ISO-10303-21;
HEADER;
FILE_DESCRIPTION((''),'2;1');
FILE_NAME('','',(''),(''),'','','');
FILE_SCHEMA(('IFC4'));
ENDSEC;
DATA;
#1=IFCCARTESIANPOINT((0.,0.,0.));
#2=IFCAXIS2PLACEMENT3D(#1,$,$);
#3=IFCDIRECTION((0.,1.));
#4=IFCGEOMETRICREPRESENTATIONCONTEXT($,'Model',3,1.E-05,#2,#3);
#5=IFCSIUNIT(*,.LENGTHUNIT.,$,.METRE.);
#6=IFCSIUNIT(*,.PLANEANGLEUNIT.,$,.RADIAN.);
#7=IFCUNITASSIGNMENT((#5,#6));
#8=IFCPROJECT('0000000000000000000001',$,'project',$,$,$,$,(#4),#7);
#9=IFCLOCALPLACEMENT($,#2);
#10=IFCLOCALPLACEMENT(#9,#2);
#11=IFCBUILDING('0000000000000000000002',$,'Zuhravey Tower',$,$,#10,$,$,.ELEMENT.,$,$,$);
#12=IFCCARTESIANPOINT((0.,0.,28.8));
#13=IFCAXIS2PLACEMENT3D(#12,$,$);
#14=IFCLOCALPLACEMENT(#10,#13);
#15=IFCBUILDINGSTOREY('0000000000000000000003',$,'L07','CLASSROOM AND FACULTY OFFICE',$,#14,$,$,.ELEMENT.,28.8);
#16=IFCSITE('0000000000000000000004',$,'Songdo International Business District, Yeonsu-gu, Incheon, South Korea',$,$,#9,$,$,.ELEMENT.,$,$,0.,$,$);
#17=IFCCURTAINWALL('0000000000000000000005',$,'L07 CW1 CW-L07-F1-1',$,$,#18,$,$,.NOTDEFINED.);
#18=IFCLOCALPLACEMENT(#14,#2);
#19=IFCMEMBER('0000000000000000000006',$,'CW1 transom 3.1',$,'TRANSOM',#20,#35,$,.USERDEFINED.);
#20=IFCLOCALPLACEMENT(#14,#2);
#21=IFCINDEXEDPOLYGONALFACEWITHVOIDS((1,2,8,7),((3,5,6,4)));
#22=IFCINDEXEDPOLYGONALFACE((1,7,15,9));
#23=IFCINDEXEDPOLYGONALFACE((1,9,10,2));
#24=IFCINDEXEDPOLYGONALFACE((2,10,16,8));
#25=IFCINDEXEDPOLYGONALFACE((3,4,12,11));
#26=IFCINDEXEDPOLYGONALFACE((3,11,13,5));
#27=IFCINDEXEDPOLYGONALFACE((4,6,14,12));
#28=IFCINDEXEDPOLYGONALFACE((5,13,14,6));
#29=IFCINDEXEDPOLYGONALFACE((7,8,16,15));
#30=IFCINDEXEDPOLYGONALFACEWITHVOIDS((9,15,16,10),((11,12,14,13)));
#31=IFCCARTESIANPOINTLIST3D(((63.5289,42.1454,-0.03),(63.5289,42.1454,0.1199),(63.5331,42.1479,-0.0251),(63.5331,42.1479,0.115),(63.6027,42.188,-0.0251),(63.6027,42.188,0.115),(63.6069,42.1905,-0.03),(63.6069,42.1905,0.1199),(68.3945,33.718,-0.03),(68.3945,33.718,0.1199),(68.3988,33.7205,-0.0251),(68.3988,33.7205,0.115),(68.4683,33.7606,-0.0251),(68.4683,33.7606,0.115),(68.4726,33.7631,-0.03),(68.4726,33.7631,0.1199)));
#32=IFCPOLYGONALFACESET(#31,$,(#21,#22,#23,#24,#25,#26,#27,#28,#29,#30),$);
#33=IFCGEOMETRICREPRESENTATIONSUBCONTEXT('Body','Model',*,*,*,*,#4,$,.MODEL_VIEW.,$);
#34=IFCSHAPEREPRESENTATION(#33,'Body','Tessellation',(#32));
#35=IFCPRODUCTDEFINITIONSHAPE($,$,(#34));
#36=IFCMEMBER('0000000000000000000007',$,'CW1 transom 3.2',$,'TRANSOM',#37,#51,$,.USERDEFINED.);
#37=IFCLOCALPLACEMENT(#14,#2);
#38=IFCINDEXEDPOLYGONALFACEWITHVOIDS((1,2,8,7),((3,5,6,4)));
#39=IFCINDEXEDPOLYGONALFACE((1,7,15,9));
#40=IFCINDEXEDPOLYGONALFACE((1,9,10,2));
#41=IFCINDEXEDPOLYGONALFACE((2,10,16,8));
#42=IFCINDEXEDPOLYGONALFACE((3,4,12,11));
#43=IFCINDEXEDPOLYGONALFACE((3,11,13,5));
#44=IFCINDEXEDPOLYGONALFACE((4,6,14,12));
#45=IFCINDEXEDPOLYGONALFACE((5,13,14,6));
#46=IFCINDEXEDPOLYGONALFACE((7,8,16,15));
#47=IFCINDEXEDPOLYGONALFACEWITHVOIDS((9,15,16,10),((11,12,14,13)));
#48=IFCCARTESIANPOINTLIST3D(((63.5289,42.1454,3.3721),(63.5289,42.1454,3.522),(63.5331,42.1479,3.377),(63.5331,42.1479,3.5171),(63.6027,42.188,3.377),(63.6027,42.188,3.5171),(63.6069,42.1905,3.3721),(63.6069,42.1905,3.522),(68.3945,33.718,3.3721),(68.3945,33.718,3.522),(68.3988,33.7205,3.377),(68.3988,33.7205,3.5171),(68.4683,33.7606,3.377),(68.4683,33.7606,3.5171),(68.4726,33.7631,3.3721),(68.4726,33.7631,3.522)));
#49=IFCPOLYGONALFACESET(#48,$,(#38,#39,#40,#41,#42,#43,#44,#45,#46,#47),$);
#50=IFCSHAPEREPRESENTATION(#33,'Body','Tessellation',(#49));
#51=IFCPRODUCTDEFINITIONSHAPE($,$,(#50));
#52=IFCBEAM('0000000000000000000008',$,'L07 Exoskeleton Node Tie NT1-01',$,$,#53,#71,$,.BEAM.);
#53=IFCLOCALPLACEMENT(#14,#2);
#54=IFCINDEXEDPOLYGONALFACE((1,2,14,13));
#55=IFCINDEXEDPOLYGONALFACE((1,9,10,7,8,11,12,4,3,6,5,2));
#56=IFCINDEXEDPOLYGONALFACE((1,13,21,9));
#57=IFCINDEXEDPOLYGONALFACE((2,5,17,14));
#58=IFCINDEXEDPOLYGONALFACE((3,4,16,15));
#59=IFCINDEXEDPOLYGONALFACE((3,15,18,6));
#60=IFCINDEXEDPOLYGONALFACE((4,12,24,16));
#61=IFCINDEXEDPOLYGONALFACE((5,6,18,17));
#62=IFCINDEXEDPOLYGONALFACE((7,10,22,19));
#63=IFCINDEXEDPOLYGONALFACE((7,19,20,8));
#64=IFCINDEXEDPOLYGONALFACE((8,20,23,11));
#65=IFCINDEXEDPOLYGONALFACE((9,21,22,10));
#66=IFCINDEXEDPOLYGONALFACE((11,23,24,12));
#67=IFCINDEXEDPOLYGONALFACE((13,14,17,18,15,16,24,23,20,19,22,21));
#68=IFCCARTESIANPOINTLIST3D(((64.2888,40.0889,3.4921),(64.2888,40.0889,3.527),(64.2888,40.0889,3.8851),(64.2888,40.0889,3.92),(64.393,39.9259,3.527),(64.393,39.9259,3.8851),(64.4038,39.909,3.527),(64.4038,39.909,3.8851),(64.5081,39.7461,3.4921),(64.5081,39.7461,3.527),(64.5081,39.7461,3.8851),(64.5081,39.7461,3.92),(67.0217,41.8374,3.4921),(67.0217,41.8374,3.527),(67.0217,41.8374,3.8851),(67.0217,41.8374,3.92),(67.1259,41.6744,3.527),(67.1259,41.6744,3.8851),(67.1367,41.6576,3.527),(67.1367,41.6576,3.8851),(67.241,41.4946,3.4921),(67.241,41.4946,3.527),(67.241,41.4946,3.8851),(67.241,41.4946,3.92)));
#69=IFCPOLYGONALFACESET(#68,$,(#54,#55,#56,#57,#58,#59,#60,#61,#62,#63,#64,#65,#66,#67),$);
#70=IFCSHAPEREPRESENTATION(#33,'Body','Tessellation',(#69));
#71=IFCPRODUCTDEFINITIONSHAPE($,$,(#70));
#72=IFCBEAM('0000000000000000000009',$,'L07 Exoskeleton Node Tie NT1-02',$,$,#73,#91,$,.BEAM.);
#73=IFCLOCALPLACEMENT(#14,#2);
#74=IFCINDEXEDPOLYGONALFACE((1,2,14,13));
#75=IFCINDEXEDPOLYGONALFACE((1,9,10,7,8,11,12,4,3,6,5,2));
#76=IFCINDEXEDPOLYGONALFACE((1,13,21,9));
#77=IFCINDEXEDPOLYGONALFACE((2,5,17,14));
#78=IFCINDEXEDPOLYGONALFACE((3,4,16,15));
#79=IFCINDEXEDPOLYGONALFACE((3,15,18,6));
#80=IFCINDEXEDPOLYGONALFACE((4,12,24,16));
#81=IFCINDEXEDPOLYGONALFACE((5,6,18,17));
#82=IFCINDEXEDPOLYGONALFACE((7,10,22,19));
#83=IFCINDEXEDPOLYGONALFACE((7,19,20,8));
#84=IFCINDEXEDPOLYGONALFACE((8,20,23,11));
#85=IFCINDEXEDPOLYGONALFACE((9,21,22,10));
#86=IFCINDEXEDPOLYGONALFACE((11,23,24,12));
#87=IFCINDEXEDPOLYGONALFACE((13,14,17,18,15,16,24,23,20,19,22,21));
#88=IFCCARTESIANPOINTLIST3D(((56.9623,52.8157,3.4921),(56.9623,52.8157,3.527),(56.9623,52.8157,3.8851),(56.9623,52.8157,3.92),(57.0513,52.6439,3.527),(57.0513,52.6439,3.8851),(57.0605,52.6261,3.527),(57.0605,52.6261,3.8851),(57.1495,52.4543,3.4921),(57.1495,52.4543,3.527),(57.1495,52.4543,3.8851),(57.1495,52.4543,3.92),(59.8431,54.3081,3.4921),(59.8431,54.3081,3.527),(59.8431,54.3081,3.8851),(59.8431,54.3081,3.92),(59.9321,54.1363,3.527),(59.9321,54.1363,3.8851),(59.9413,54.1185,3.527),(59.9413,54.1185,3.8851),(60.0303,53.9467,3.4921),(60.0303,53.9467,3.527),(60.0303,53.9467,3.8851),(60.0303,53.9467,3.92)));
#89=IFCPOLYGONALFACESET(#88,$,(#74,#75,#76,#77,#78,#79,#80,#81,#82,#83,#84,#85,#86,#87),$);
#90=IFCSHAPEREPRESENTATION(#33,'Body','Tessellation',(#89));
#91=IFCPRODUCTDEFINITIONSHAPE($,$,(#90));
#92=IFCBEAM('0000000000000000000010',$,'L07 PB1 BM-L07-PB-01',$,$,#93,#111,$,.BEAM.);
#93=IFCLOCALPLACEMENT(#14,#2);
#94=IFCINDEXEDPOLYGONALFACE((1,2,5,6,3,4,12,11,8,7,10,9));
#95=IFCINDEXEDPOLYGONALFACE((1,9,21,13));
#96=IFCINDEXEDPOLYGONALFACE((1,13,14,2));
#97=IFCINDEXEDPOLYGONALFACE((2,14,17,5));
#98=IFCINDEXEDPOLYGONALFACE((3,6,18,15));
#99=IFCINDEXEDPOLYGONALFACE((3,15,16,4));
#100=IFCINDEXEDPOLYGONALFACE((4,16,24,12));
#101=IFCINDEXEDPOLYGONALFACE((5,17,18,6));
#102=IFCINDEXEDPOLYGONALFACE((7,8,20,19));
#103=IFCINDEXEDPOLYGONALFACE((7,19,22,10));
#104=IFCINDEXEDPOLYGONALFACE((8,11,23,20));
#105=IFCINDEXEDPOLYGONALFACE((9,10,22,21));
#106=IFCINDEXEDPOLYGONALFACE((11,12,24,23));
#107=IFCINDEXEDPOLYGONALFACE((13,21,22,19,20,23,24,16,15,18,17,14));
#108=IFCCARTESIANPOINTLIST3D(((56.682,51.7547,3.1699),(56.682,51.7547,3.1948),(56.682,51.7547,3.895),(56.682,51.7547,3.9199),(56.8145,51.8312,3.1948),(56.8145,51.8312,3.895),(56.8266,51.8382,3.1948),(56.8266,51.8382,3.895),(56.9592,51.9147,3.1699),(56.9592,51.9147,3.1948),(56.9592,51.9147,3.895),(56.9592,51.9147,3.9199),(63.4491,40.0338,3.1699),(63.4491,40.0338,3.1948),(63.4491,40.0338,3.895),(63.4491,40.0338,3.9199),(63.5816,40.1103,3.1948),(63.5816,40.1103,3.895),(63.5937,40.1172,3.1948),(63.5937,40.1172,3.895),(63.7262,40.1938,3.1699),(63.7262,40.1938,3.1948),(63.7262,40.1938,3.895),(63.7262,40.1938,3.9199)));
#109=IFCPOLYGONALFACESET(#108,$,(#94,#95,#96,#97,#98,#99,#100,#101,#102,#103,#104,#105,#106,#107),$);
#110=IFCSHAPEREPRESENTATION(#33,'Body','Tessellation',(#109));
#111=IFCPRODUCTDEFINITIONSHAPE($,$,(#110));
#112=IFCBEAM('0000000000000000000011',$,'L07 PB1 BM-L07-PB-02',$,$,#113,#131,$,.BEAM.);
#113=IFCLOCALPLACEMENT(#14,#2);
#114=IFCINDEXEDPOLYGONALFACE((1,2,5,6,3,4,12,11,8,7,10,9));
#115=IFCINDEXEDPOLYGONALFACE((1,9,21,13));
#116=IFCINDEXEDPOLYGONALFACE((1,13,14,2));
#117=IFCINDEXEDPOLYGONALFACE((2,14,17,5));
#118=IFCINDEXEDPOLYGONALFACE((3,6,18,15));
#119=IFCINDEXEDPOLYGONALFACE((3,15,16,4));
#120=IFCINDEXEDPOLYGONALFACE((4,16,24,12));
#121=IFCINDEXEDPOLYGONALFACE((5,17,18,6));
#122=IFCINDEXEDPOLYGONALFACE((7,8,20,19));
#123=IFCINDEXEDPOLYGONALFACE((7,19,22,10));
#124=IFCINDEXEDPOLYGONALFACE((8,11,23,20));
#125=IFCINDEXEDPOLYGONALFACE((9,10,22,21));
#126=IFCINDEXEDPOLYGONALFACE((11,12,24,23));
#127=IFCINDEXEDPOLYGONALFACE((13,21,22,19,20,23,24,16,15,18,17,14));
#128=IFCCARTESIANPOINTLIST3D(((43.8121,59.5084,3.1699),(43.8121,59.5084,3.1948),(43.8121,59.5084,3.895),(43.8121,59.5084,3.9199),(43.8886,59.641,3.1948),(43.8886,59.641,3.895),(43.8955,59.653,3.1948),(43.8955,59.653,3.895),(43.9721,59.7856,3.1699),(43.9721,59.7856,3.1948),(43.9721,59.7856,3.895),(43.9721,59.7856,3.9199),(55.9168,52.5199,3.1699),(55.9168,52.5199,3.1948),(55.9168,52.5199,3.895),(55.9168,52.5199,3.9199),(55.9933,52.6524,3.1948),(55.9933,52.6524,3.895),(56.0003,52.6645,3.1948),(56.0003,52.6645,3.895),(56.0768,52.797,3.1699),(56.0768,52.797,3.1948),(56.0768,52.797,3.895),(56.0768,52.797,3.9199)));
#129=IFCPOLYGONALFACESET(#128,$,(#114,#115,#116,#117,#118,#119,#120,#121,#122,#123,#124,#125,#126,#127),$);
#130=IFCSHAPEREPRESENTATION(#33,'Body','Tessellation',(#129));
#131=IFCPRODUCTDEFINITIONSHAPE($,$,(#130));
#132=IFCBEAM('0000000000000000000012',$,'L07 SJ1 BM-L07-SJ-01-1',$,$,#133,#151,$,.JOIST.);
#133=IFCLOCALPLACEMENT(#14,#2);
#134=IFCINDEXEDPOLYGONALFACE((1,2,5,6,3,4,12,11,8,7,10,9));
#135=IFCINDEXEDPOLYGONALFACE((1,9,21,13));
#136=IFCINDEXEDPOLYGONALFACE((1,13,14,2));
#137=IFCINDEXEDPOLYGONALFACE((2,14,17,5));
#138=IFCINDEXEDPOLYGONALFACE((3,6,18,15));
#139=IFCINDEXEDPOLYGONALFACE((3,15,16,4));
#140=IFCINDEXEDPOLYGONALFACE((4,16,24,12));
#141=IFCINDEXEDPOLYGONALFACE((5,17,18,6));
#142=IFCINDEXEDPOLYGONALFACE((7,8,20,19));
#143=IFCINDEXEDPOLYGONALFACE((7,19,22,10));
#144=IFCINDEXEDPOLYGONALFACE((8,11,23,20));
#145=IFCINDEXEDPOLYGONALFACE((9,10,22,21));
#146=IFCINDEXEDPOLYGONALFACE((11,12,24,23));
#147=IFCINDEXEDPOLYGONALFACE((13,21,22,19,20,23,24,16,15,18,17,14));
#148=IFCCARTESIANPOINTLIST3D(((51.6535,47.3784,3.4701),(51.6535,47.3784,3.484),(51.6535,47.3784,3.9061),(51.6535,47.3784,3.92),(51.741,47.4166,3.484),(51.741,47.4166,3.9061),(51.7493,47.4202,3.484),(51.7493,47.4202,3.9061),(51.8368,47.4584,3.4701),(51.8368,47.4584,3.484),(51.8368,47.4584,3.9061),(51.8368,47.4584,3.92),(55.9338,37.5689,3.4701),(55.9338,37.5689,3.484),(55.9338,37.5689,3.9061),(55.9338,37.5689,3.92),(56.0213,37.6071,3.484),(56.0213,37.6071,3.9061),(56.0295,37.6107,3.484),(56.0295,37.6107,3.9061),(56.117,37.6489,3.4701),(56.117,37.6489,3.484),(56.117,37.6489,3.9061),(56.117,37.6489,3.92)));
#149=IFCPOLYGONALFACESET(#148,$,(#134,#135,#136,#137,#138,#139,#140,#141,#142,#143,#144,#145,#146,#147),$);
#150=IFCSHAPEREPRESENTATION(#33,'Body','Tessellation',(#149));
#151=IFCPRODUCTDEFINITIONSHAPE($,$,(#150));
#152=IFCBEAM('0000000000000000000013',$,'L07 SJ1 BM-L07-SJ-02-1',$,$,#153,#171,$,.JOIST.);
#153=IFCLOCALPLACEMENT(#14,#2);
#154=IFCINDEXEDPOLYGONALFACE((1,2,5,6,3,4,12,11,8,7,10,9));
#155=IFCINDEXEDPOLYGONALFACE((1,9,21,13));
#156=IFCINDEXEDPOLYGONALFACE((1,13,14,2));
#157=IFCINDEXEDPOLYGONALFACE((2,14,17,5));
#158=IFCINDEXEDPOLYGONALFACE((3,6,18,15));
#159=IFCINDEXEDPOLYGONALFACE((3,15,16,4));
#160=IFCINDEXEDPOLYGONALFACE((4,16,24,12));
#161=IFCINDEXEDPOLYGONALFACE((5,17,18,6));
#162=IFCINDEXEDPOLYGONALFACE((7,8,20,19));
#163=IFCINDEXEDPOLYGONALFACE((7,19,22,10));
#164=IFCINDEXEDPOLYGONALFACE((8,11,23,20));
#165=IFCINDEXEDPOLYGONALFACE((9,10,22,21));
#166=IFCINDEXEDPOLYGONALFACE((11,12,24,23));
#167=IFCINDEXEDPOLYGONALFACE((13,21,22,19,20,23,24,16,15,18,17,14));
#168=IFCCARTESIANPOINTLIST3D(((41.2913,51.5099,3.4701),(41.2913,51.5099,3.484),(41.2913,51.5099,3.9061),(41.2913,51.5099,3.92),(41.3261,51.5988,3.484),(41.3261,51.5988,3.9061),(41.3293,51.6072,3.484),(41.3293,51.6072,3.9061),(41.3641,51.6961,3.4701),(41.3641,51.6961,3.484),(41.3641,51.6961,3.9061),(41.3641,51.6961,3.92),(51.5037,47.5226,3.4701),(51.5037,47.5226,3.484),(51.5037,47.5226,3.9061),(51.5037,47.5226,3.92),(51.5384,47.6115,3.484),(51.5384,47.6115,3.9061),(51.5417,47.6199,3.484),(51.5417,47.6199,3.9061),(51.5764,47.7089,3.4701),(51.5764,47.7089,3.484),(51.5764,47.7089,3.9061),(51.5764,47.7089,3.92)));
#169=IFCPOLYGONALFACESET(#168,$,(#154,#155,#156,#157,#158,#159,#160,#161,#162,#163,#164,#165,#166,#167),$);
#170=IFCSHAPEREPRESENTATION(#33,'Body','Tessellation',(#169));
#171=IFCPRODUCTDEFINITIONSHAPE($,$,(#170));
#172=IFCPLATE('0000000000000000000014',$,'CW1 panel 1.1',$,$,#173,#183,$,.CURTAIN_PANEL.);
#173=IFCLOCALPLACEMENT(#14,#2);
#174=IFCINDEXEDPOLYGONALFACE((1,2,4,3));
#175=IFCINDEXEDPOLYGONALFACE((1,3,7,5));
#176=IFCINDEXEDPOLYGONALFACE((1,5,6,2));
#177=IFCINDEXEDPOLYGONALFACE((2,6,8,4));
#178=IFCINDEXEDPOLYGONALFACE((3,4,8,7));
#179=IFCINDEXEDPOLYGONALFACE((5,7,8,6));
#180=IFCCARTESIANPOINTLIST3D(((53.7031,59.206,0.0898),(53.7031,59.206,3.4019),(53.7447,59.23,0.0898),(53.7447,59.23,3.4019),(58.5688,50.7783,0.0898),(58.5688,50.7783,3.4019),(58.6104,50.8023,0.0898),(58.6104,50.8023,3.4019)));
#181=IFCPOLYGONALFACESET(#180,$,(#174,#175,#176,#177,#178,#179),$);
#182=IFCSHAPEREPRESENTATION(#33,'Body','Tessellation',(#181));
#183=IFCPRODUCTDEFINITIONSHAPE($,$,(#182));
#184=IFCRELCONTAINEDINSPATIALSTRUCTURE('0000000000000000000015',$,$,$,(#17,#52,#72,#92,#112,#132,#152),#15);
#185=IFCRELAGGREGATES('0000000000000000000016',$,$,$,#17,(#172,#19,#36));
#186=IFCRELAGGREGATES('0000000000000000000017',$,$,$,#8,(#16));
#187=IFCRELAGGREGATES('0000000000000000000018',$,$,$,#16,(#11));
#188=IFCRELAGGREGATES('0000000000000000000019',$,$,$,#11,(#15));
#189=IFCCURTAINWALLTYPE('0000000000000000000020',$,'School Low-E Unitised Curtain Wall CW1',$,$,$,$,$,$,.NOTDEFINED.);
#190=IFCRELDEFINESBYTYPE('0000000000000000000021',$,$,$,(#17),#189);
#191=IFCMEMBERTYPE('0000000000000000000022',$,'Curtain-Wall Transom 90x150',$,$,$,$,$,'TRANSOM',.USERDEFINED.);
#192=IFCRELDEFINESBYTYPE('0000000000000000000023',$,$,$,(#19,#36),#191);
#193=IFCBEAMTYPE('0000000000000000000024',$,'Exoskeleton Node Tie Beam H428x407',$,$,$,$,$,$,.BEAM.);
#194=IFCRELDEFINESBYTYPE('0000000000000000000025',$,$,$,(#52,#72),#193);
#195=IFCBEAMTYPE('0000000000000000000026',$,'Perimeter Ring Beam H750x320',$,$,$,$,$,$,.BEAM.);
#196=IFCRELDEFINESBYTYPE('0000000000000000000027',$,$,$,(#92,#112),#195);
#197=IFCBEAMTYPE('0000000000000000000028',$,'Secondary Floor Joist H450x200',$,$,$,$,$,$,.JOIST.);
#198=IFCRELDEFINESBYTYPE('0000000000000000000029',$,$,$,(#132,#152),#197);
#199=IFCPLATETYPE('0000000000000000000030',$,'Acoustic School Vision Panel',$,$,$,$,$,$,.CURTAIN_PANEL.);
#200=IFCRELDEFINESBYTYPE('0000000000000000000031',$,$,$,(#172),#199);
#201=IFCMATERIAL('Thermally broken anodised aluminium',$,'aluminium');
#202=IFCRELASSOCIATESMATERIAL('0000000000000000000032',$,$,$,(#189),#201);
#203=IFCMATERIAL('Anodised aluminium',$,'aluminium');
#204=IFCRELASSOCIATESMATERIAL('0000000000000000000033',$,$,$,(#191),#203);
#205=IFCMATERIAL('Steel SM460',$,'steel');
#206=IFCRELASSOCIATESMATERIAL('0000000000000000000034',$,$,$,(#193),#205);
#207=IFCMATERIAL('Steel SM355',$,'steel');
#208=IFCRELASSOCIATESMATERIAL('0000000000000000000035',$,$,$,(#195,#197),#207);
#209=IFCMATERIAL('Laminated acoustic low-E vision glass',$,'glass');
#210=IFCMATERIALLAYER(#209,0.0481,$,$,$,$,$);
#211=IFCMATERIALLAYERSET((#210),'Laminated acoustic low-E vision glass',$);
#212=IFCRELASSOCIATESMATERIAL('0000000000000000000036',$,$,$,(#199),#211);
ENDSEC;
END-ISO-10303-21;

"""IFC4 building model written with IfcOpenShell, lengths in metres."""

from ifc_helpers import new_model, si_unit, direction, frame, origin, origin_2d, place, context, subcontext, project, spatial, rectangle, hollow_rectangle, i_section, extrude, material, layer, layer_set, material_profile, profile_set, type_object, element, aggregate, save


model = new_model("IFC4")

# Units and contexts
model_context = context("Model", 3, precision=1e-05, world=origin(), true_north=direction((0.0, 1.0)))
body_context = subcontext(model_context, "Body", "Model", "MODEL_VIEW")
ifc_project = project(units=[si_unit("LENGTHUNIT", "METRE"), si_unit("PLANEANGLEUNIT", "RADIAN")], contexts=[model_context])

# Site, building, storey
site_placement = place(None, origin())
site = spatial("IfcSite", under=ifc_project, at=site_placement, Name="Songdo International Business District, Yeonsu-gu, Incheon, South Korea", CompositionType="ELEMENT", RefElevation=0.0)
building_placement = place(site_placement, origin())
building = spatial("IfcBuilding", under=site, at=building_placement, Name="Zuhravey Tower", CompositionType="ELEMENT")
storey_placement = place(building_placement, frame((0.0, 0.0, 28.8)))
storey = spatial("IfcBuildingStorey", under=building, at=storey_placement, Name="L07", Description="CLASSROOM AND FACULTY OFFICE", CompositionType="ELEMENT", Elevation=28.8)

# Shared definitions
ifc_material_1 = material(Name="Thermally broken anodised aluminium", Category="aluminium")
curtain_wall_type = type_object("IfcCurtainWallType", Name="School Low-E Unitised Curtain Wall CW1", PredefinedType="NOTDEFINED", material=ifc_material_1)
ifc_material_2 = material(Name="Anodised aluminium", Category="aluminium")

# Curtain wall, members
curtain_wall_1_placement = place(storey_placement, origin())
curtain_wall_1 = element("IfcCurtainWall", 1, at=curtain_wall_1_placement, inside=storey, type_object=curtain_wall_type, Name="L07 CW1 CW-L07-F1-1", PredefinedType="NOTDEFINED")
ifc_material_profile_1 = material_profile(ifc_material_2, hollow_rectangle(XDim=0.0901, YDim=0.1499, WallThickness=0.0049, at=origin_2d()), Name="ALU-RHS-90x150x5")
ifc_profile_set_1 = profile_set([ifc_material_profile_1], Name="Anodised aluminium")
member_type_1 = type_object("IfcMemberType", Name="Curtain-Wall Transom 90x150", ElementType="TRANSOM", PredefinedType="USERDEFINED", material=ifc_profile_set_1)
member_1_placement = place(storey_placement, frame((63.5679, 42.168, 0.0449), z_axis=(0.500008, -0.866021, 0.0), x_axis=(0.866021, 0.500008, 0.0)))
member_1 = element("IfcMember", 2, at=member_1_placement, type_object=member_type_1, Name="CW1 transom 3.1", ObjectType="TRANSOM", PredefinedType="USERDEFINED", context=body_context, shape_type="SweptSolid", body=[
    extrude(hollow_rectangle(XDim=0.0901, YDim=0.1499, WallThickness=0.0049, at=origin_2d()), origin(), (0.0, 0.0, 1.0), 9.7312),
])
member_2_placement = place(storey_placement, frame((63.5679, 42.168, 3.447), z_axis=(0.500008, -0.866021, 0.0), x_axis=(0.866021, 0.500008, 0.0)))
member_2 = element("IfcMember", 3, at=member_2_placement, type_object=member_type_1, Name="CW1 transom 3.2", ObjectType="TRANSOM", PredefinedType="USERDEFINED", context=body_context, shape_type="SweptSolid", body=[
    extrude(hollow_rectangle(XDim=0.0901, YDim=0.1499, WallThickness=0.0049, at=origin_2d()), origin(), (0.0, 0.0, 1.0), 9.7312),
])

# Beams
ifc_material_3 = material(Name="Steel SM460", Category="steel")
ifc_material_profile_2 = material_profile(ifc_material_3, i_section(OverallWidth=0.407, OverallDepth=0.428, WebThickness=0.02, FlangeThickness=0.0349, at=origin_2d()), Name="H-428x407x20x35")
ifc_profile_set_2 = profile_set([ifc_material_profile_2], Name="Steel SM460")
beam_type_1 = type_object("IfcBeamType", Name="Exoskeleton Node Tie Beam H428x407", PredefinedType="BEAM", material=ifc_profile_set_2)
for number, where, z_axis, x_axis, name in (
    (4, (64.3984, 39.9175, 3.7061), (0.842345, 0.538938, 0.0), (-0.538938, 0.842345, 0.0), "L07 Exoskeleton Node Tie NT1-01"),
    (5, (57.0559, 52.635, 3.7061), (0.887924, 0.45999, 0.0), (-0.45999, 0.887924, 0.0), "L07 Exoskeleton Node Tie NT1-02"),
):
    element("IfcBeam", number, at=place(storey_placement, frame(where, z_axis=z_axis, x_axis=x_axis)), inside=storey, type_object=beam_type_1, Name=name, PredefinedType="BEAM", context=body_context, shape_type="SweptSolid", body=[
        extrude(i_section(OverallWidth=0.407, OverallDepth=0.428, WebThickness=0.02, FlangeThickness=0.0349, at=origin_2d()), origin(), (0.0, 0.0, 1.0), 3.2444),
    ])
ifc_material_4 = material(Name="Steel SM355", Category="steel")
ifc_material_profile_3 = material_profile(ifc_material_4, i_section(OverallWidth=0.3201, OverallDepth=0.75, WebThickness=0.0139, FlangeThickness=0.0249, at=origin_2d()), Name="H-750x320x14x25")
ifc_profile_set_3 = profile_set([ifc_material_profile_3], Name="Steel SM355")
beam_type_2 = type_object("IfcBeamType", Name="Perimeter Ring Beam H750x320", PredefinedType="BEAM", material=ifc_profile_set_3)
beam_1_placement = place(storey_placement, frame((63.5876, 40.1138, 3.5449), z_axis=(-0.5, 0.866025, 0.0), x_axis=(-0.866025, -0.5, 0.0)))
element("IfcBeam", 6, at=beam_1_placement, inside=storey, type_object=beam_type_2, Name="L07 PB1 BM-L07-PB-01", PredefinedType="BEAM", context=body_context, shape_type="SweptSolid", body=[
    extrude(i_section(OverallWidth=0.3201, OverallDepth=0.75, WebThickness=0.0139, FlangeThickness=0.0249, at=origin_2d()), origin(), (0.0, 0.0, 1.0), 13.5342),
])
beam_2_placement = place(storey_placement, frame((55.9968, 52.6584, 3.5449), z_axis=(-0.86603, 0.499992, 0.0), x_axis=(-0.499992, -0.86603, 0.0)))
element("IfcBeam", 7, at=beam_2_placement, inside=storey, type_object=beam_type_2, Name="L07 PB1 BM-L07-PB-02", PredefinedType="BEAM", context=body_context, shape_type="SweptSolid", body=[
    extrude(i_section(OverallWidth=0.3201, OverallDepth=0.75, WebThickness=0.0139, FlangeThickness=0.0249, at=origin_2d()), origin(), (0.0, 0.0, 1.0), 13.9773),
])
ifc_material_profile_4 = material_profile(ifc_material_4, i_section(OverallWidth=0.2, OverallDepth=0.45, WebThickness=0.009, FlangeThickness=0.0139, at=origin_2d()), Name="H-450x200x9x14")
ifc_profile_set_4 = profile_set([ifc_material_profile_4], Name="Steel SM355")
beam_type_3 = type_object("IfcBeamType", Name="Secondary Floor Joist H450x200", PredefinedType="JOIST", material=ifc_profile_set_4)
beam_3_placement = place(storey_placement, frame((56.0254, 37.6089, 3.6951), z_axis=(-0.399924, 0.916549, 0.0), x_axis=(-0.916549, -0.399924, 0.0)))
element("IfcBeam", 8, at=beam_3_placement, inside=storey, type_object=beam_type_3, Name="L07 SJ1 BM-L07-SJ-01-1", PredefinedType="JOIST", context=body_context, shape_type="SweptSolid", body=[
    extrude(i_section(OverallWidth=0.2, OverallDepth=0.45, WebThickness=0.009, FlangeThickness=0.0139, at=origin_2d()), origin(), (0.0, 0.0, 1.0), 10.7026),
])
beam_4_placement = place(storey_placement, frame((51.54, 47.6157, 3.6951), z_axis=(-0.931517, 0.363699, 0.0), x_axis=(-0.363699, -0.931517, 0.0)))
element("IfcBeam", 9, at=beam_4_placement, inside=storey, type_object=beam_type_3, Name="L07 SJ1 BM-L07-SJ-02-1", PredefinedType="JOIST", context=body_context, shape_type="SweptSolid", body=[
    extrude(i_section(OverallWidth=0.2, OverallDepth=0.45, WebThickness=0.009, FlangeThickness=0.0139, at=origin_2d()), origin(), (0.0, 0.0, 1.0), 10.9631),
])

# Plate
ifc_material_5 = material(Name="Laminated acoustic low-E vision glass", Category="glass")
ifc_layer_1 = layer(ifc_material_5, 0.0481)
ifc_layer_set_1 = layer_set([ifc_layer_1], Name="Laminated acoustic low-E vision glass")
plate_type = type_object("IfcPlateType", Name="Acoustic School Vision Panel", PredefinedType="CURTAIN_PANEL", material=ifc_layer_set_1)
plate_1_placement = place(storey_placement, frame((56.1567, 55.0042, 0.0898), z_axis=(0.0, 0.0, 1.0), x_axis=(0.5, -0.866026, 0.0)))
plate_1 = element("IfcPlate", 10, at=plate_1_placement, type_object=plate_type, Name="CW1 panel 1.1", PredefinedType="CURTAIN_PANEL", context=body_context, shape_type="SweptSolid", body=[
    extrude(rectangle(XDim=9.7314, YDim=0.0481, at=origin_2d()), origin(), (0.0, 0.0, 1.0), 3.312),
])
aggregate(curtain_wall_1, [plate_1, member_1, member_2])

save(model, "model.ifc")
